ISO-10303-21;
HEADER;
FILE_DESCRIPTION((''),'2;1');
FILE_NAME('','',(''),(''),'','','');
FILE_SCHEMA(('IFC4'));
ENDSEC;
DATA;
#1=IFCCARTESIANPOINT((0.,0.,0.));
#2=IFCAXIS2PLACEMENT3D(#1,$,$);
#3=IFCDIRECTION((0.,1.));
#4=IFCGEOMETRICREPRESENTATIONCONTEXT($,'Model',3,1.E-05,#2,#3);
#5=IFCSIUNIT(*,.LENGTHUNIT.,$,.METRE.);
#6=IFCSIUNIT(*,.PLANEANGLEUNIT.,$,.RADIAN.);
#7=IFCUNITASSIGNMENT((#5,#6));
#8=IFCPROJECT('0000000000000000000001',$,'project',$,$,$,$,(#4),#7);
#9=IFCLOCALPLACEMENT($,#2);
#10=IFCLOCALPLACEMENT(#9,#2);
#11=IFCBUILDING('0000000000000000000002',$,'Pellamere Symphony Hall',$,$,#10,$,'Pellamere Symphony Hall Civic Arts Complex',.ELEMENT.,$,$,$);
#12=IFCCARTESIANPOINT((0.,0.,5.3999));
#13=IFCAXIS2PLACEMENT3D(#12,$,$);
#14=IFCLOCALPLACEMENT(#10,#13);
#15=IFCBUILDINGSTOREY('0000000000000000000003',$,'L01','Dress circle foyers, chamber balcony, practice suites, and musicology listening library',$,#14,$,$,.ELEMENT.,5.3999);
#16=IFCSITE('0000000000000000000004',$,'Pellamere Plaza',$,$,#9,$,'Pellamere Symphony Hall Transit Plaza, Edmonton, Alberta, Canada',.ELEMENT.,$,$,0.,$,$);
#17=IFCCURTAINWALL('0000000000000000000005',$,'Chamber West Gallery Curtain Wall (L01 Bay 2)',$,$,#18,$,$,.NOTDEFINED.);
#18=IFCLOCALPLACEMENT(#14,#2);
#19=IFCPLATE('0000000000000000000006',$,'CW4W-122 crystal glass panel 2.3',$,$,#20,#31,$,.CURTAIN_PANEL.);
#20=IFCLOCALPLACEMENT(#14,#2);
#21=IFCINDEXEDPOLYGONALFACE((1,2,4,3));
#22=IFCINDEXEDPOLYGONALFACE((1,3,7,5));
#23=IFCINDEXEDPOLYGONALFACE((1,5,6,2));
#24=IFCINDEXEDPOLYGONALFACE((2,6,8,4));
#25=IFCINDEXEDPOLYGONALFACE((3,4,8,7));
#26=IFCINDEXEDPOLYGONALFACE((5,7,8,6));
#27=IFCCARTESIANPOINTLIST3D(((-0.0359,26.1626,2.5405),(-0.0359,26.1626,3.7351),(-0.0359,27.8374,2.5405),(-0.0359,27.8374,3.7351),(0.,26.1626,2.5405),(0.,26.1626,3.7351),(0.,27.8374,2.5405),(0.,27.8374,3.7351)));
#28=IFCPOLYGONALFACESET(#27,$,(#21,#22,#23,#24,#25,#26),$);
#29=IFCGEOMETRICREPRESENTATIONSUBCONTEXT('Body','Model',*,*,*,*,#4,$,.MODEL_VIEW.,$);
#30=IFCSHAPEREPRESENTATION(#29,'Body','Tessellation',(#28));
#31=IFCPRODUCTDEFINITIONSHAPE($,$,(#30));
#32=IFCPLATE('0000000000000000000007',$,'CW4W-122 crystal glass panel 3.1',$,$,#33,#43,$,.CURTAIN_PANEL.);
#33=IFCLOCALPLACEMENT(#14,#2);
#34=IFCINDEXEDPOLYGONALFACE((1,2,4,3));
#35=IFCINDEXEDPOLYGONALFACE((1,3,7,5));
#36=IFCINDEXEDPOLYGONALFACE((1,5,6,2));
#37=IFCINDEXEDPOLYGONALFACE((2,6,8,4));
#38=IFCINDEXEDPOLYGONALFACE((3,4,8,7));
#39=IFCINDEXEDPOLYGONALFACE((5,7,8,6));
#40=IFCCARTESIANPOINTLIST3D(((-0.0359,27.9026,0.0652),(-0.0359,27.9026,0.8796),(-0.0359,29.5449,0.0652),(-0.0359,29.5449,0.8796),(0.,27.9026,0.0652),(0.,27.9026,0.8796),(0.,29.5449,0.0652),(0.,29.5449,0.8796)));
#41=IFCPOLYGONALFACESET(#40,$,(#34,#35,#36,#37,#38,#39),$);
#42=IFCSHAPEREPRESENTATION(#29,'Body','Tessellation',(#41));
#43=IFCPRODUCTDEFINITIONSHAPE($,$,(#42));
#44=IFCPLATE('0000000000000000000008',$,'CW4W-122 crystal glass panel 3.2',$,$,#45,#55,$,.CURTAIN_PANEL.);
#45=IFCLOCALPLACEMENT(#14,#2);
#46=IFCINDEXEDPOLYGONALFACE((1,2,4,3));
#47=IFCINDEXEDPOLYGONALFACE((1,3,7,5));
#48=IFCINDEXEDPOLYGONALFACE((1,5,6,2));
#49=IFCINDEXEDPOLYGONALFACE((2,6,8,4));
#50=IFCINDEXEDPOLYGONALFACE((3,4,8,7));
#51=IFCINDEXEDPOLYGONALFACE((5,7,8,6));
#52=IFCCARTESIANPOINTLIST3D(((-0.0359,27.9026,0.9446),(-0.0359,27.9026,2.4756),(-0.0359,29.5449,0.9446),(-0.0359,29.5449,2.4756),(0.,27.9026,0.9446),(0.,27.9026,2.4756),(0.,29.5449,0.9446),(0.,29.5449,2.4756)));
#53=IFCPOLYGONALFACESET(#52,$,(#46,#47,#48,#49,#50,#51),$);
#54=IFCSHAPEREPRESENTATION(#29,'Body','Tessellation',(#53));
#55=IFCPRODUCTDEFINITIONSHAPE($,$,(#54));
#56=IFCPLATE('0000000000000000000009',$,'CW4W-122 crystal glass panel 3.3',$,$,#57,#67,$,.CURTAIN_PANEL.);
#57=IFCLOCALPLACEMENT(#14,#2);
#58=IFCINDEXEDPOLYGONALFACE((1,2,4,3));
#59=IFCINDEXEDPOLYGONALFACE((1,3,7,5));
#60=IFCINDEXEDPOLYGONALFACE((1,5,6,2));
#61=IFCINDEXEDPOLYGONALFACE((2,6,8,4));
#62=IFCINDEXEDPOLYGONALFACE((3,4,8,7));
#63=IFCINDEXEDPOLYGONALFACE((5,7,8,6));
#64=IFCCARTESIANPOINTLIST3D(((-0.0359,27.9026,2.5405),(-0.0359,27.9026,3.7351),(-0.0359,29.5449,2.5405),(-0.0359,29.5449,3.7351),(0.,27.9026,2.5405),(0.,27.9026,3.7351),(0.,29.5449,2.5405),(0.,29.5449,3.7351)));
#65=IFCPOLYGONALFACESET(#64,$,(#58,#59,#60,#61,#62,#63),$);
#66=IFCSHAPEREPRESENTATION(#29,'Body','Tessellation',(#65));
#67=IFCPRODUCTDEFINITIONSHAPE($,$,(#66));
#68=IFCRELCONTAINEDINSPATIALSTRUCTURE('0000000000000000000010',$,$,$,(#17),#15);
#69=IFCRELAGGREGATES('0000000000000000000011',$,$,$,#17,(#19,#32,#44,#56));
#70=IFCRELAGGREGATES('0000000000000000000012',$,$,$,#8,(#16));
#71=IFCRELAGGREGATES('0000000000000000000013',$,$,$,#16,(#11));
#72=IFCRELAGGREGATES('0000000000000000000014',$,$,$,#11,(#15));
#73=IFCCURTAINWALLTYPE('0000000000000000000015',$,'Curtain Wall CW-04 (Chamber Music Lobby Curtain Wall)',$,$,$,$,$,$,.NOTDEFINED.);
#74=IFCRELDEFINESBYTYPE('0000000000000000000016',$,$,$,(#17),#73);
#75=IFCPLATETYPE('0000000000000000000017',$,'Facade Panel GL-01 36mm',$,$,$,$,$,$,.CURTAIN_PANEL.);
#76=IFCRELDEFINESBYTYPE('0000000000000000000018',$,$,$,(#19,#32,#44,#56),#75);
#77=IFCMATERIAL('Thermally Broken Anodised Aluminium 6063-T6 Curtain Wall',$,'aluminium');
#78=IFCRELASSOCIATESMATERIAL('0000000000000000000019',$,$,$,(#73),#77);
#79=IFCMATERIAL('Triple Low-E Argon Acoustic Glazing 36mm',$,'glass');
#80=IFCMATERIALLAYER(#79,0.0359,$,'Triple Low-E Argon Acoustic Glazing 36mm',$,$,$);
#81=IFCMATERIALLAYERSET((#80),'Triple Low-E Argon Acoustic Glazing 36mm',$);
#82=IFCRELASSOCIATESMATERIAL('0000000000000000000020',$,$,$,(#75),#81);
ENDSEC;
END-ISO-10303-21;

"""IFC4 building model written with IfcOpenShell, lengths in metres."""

from ifc_helpers import new_model, si_unit, direction, frame, origin, place, context, subcontext, project, spatial, polyline, outline, extrude, material, layer, layer_set, type_object, element, aggregate, save


model = new_model("IFC4")

# Units and contexts
model_context = context("Model", 3, precision=1e-05, world=origin(), true_north=direction((0.0, 1.0)))
body_context = subcontext(model_context, "Body", "Model", "MODEL_VIEW")
ifc_project = project(units=[si_unit("LENGTHUNIT", "METRE"), si_unit("PLANEANGLEUNIT", "RADIAN")], contexts=[model_context])

# Site, building, storey
site_placement = place(None, origin())
site = spatial("IfcSite", under=ifc_project, at=site_placement, Name="Pellamere Plaza", LongName="Pellamere Symphony Hall Transit Plaza, Edmonton, Alberta, Canada", CompositionType="ELEMENT", RefElevation=0.0)
building_placement = place(site_placement, origin())
building = spatial("IfcBuilding", under=site, at=building_placement, Name="Pellamere Symphony Hall", LongName="Pellamere Symphony Hall Civic Arts Complex", CompositionType="ELEMENT")
storey_placement = place(building_placement, frame((0.0, 0.0, 5.3999)))
storey = spatial("IfcBuildingStorey", under=building, at=storey_placement, Name="L01", Description="Dress circle foyers, chamber balcony, practice suites, and musicology listening library", CompositionType="ELEMENT", Elevation=5.3999)

# Curtain wall
ifc_material_1 = material(Name="Thermally Broken Anodised Aluminium 6063-T6 Curtain Wall", Category="aluminium")
curtain_wall_type = type_object("IfcCurtainWallType", Name="Curtain Wall CW-04 (Chamber Music Lobby Curtain Wall)", PredefinedType="NOTDEFINED", material=ifc_material_1)
curtain_wall_1_placement = place(storey_placement, origin())
curtain_wall_1 = element("IfcCurtainWall", 1, at=curtain_wall_1_placement, inside=storey, type_object=curtain_wall_type, Name="Chamber West Gallery Curtain Wall (L01 Bay 2)", PredefinedType="NOTDEFINED")

# Plates
ifc_material_2 = material(Name="Triple Low-E Argon Acoustic Glazing 36mm", Category="glass")
ifc_layer = layer(ifc_material_2, 0.0359, Name="Triple Low-E Argon Acoustic Glazing 36mm")
ifc_layer_set = layer_set([ifc_layer], Name="Triple Low-E Argon Acoustic Glazing 36mm")
plate_type = type_object("IfcPlateType", Name="Facade Panel GL-01 36mm", PredefinedType="CURTAIN_PANEL", material=ifc_layer_set)
plate_1_placement = place(storey_placement, frame((0.0, 26.1626, 2.5405), z_axis=(1.0, 0.0, 0.0), x_axis=(0.0, 1.0, 0.0)))
plate_1 = element("IfcPlate", 2, at=plate_1_placement, type_object=plate_type, Name="CW4W-122 crystal glass panel 2.3", PredefinedType="CURTAIN_PANEL", context=body_context, shape_type="SweptSolid", body=[
    extrude(outline(polyline([(0.0, 0.0), (1.6748, 0.0), (1.6748, 1.1946), (0.0, 1.1946), (0.0, 0.0)])), origin(), (0.0, 0.0, -1.0), 0.0359),
])
plate_2_placement = place(storey_placement, frame((0.0, 27.9026, 0.0652), z_axis=(1.0, 0.0, 0.0), x_axis=(0.0, 1.0, 0.0)))
plate_2 = element("IfcPlate", 3, at=plate_2_placement, type_object=plate_type, Name="CW4W-122 crystal glass panel 3.1", PredefinedType="CURTAIN_PANEL", context=body_context, shape_type="SweptSolid", body=[
    extrude(outline(polyline([(0.0, 0.0), (1.6423, 0.0), (1.6423, 0.8145), (0.0, 0.8145), (0.0, 0.0)])), origin(), (0.0, 0.0, -1.0), 0.0359),
])
plate_3_placement = place(storey_placement, frame((0.0, 27.9026, 0.9446), z_axis=(1.0, 0.0, 0.0), x_axis=(0.0, 1.0, 0.0)))
plate_3 = element("IfcPlate", 4, at=plate_3_placement, type_object=plate_type, Name="CW4W-122 crystal glass panel 3.2", PredefinedType="CURTAIN_PANEL", context=body_context, shape_type="SweptSolid", body=[
    extrude(outline(polyline([(0.0, 0.0), (1.6423, 0.0), (1.6423, 1.531), (0.0, 1.531), (0.0, 0.0)])), origin(), (0.0, 0.0, -1.0), 0.0359),
])
plate_4_placement = place(storey_placement, frame((0.0, 27.9026, 2.5405), z_axis=(1.0, 0.0, 0.0), x_axis=(0.0, 1.0, 0.0)))
plate_4 = element("IfcPlate", 5, at=plate_4_placement, type_object=plate_type, Name="CW4W-122 crystal glass panel 3.3", PredefinedType="CURTAIN_PANEL", context=body_context, shape_type="SweptSolid", body=[
    extrude(outline(polyline([(0.0, 0.0), (1.6423, 0.0), (1.6423, 1.1946), (0.0, 1.1946), (0.0, 0.0)])), origin(), (0.0, 0.0, -1.0), 0.0359),
])
aggregate(curtain_wall_1, [plate_1, plate_2, plate_3, plate_4])

save(model, "model.ifc")
